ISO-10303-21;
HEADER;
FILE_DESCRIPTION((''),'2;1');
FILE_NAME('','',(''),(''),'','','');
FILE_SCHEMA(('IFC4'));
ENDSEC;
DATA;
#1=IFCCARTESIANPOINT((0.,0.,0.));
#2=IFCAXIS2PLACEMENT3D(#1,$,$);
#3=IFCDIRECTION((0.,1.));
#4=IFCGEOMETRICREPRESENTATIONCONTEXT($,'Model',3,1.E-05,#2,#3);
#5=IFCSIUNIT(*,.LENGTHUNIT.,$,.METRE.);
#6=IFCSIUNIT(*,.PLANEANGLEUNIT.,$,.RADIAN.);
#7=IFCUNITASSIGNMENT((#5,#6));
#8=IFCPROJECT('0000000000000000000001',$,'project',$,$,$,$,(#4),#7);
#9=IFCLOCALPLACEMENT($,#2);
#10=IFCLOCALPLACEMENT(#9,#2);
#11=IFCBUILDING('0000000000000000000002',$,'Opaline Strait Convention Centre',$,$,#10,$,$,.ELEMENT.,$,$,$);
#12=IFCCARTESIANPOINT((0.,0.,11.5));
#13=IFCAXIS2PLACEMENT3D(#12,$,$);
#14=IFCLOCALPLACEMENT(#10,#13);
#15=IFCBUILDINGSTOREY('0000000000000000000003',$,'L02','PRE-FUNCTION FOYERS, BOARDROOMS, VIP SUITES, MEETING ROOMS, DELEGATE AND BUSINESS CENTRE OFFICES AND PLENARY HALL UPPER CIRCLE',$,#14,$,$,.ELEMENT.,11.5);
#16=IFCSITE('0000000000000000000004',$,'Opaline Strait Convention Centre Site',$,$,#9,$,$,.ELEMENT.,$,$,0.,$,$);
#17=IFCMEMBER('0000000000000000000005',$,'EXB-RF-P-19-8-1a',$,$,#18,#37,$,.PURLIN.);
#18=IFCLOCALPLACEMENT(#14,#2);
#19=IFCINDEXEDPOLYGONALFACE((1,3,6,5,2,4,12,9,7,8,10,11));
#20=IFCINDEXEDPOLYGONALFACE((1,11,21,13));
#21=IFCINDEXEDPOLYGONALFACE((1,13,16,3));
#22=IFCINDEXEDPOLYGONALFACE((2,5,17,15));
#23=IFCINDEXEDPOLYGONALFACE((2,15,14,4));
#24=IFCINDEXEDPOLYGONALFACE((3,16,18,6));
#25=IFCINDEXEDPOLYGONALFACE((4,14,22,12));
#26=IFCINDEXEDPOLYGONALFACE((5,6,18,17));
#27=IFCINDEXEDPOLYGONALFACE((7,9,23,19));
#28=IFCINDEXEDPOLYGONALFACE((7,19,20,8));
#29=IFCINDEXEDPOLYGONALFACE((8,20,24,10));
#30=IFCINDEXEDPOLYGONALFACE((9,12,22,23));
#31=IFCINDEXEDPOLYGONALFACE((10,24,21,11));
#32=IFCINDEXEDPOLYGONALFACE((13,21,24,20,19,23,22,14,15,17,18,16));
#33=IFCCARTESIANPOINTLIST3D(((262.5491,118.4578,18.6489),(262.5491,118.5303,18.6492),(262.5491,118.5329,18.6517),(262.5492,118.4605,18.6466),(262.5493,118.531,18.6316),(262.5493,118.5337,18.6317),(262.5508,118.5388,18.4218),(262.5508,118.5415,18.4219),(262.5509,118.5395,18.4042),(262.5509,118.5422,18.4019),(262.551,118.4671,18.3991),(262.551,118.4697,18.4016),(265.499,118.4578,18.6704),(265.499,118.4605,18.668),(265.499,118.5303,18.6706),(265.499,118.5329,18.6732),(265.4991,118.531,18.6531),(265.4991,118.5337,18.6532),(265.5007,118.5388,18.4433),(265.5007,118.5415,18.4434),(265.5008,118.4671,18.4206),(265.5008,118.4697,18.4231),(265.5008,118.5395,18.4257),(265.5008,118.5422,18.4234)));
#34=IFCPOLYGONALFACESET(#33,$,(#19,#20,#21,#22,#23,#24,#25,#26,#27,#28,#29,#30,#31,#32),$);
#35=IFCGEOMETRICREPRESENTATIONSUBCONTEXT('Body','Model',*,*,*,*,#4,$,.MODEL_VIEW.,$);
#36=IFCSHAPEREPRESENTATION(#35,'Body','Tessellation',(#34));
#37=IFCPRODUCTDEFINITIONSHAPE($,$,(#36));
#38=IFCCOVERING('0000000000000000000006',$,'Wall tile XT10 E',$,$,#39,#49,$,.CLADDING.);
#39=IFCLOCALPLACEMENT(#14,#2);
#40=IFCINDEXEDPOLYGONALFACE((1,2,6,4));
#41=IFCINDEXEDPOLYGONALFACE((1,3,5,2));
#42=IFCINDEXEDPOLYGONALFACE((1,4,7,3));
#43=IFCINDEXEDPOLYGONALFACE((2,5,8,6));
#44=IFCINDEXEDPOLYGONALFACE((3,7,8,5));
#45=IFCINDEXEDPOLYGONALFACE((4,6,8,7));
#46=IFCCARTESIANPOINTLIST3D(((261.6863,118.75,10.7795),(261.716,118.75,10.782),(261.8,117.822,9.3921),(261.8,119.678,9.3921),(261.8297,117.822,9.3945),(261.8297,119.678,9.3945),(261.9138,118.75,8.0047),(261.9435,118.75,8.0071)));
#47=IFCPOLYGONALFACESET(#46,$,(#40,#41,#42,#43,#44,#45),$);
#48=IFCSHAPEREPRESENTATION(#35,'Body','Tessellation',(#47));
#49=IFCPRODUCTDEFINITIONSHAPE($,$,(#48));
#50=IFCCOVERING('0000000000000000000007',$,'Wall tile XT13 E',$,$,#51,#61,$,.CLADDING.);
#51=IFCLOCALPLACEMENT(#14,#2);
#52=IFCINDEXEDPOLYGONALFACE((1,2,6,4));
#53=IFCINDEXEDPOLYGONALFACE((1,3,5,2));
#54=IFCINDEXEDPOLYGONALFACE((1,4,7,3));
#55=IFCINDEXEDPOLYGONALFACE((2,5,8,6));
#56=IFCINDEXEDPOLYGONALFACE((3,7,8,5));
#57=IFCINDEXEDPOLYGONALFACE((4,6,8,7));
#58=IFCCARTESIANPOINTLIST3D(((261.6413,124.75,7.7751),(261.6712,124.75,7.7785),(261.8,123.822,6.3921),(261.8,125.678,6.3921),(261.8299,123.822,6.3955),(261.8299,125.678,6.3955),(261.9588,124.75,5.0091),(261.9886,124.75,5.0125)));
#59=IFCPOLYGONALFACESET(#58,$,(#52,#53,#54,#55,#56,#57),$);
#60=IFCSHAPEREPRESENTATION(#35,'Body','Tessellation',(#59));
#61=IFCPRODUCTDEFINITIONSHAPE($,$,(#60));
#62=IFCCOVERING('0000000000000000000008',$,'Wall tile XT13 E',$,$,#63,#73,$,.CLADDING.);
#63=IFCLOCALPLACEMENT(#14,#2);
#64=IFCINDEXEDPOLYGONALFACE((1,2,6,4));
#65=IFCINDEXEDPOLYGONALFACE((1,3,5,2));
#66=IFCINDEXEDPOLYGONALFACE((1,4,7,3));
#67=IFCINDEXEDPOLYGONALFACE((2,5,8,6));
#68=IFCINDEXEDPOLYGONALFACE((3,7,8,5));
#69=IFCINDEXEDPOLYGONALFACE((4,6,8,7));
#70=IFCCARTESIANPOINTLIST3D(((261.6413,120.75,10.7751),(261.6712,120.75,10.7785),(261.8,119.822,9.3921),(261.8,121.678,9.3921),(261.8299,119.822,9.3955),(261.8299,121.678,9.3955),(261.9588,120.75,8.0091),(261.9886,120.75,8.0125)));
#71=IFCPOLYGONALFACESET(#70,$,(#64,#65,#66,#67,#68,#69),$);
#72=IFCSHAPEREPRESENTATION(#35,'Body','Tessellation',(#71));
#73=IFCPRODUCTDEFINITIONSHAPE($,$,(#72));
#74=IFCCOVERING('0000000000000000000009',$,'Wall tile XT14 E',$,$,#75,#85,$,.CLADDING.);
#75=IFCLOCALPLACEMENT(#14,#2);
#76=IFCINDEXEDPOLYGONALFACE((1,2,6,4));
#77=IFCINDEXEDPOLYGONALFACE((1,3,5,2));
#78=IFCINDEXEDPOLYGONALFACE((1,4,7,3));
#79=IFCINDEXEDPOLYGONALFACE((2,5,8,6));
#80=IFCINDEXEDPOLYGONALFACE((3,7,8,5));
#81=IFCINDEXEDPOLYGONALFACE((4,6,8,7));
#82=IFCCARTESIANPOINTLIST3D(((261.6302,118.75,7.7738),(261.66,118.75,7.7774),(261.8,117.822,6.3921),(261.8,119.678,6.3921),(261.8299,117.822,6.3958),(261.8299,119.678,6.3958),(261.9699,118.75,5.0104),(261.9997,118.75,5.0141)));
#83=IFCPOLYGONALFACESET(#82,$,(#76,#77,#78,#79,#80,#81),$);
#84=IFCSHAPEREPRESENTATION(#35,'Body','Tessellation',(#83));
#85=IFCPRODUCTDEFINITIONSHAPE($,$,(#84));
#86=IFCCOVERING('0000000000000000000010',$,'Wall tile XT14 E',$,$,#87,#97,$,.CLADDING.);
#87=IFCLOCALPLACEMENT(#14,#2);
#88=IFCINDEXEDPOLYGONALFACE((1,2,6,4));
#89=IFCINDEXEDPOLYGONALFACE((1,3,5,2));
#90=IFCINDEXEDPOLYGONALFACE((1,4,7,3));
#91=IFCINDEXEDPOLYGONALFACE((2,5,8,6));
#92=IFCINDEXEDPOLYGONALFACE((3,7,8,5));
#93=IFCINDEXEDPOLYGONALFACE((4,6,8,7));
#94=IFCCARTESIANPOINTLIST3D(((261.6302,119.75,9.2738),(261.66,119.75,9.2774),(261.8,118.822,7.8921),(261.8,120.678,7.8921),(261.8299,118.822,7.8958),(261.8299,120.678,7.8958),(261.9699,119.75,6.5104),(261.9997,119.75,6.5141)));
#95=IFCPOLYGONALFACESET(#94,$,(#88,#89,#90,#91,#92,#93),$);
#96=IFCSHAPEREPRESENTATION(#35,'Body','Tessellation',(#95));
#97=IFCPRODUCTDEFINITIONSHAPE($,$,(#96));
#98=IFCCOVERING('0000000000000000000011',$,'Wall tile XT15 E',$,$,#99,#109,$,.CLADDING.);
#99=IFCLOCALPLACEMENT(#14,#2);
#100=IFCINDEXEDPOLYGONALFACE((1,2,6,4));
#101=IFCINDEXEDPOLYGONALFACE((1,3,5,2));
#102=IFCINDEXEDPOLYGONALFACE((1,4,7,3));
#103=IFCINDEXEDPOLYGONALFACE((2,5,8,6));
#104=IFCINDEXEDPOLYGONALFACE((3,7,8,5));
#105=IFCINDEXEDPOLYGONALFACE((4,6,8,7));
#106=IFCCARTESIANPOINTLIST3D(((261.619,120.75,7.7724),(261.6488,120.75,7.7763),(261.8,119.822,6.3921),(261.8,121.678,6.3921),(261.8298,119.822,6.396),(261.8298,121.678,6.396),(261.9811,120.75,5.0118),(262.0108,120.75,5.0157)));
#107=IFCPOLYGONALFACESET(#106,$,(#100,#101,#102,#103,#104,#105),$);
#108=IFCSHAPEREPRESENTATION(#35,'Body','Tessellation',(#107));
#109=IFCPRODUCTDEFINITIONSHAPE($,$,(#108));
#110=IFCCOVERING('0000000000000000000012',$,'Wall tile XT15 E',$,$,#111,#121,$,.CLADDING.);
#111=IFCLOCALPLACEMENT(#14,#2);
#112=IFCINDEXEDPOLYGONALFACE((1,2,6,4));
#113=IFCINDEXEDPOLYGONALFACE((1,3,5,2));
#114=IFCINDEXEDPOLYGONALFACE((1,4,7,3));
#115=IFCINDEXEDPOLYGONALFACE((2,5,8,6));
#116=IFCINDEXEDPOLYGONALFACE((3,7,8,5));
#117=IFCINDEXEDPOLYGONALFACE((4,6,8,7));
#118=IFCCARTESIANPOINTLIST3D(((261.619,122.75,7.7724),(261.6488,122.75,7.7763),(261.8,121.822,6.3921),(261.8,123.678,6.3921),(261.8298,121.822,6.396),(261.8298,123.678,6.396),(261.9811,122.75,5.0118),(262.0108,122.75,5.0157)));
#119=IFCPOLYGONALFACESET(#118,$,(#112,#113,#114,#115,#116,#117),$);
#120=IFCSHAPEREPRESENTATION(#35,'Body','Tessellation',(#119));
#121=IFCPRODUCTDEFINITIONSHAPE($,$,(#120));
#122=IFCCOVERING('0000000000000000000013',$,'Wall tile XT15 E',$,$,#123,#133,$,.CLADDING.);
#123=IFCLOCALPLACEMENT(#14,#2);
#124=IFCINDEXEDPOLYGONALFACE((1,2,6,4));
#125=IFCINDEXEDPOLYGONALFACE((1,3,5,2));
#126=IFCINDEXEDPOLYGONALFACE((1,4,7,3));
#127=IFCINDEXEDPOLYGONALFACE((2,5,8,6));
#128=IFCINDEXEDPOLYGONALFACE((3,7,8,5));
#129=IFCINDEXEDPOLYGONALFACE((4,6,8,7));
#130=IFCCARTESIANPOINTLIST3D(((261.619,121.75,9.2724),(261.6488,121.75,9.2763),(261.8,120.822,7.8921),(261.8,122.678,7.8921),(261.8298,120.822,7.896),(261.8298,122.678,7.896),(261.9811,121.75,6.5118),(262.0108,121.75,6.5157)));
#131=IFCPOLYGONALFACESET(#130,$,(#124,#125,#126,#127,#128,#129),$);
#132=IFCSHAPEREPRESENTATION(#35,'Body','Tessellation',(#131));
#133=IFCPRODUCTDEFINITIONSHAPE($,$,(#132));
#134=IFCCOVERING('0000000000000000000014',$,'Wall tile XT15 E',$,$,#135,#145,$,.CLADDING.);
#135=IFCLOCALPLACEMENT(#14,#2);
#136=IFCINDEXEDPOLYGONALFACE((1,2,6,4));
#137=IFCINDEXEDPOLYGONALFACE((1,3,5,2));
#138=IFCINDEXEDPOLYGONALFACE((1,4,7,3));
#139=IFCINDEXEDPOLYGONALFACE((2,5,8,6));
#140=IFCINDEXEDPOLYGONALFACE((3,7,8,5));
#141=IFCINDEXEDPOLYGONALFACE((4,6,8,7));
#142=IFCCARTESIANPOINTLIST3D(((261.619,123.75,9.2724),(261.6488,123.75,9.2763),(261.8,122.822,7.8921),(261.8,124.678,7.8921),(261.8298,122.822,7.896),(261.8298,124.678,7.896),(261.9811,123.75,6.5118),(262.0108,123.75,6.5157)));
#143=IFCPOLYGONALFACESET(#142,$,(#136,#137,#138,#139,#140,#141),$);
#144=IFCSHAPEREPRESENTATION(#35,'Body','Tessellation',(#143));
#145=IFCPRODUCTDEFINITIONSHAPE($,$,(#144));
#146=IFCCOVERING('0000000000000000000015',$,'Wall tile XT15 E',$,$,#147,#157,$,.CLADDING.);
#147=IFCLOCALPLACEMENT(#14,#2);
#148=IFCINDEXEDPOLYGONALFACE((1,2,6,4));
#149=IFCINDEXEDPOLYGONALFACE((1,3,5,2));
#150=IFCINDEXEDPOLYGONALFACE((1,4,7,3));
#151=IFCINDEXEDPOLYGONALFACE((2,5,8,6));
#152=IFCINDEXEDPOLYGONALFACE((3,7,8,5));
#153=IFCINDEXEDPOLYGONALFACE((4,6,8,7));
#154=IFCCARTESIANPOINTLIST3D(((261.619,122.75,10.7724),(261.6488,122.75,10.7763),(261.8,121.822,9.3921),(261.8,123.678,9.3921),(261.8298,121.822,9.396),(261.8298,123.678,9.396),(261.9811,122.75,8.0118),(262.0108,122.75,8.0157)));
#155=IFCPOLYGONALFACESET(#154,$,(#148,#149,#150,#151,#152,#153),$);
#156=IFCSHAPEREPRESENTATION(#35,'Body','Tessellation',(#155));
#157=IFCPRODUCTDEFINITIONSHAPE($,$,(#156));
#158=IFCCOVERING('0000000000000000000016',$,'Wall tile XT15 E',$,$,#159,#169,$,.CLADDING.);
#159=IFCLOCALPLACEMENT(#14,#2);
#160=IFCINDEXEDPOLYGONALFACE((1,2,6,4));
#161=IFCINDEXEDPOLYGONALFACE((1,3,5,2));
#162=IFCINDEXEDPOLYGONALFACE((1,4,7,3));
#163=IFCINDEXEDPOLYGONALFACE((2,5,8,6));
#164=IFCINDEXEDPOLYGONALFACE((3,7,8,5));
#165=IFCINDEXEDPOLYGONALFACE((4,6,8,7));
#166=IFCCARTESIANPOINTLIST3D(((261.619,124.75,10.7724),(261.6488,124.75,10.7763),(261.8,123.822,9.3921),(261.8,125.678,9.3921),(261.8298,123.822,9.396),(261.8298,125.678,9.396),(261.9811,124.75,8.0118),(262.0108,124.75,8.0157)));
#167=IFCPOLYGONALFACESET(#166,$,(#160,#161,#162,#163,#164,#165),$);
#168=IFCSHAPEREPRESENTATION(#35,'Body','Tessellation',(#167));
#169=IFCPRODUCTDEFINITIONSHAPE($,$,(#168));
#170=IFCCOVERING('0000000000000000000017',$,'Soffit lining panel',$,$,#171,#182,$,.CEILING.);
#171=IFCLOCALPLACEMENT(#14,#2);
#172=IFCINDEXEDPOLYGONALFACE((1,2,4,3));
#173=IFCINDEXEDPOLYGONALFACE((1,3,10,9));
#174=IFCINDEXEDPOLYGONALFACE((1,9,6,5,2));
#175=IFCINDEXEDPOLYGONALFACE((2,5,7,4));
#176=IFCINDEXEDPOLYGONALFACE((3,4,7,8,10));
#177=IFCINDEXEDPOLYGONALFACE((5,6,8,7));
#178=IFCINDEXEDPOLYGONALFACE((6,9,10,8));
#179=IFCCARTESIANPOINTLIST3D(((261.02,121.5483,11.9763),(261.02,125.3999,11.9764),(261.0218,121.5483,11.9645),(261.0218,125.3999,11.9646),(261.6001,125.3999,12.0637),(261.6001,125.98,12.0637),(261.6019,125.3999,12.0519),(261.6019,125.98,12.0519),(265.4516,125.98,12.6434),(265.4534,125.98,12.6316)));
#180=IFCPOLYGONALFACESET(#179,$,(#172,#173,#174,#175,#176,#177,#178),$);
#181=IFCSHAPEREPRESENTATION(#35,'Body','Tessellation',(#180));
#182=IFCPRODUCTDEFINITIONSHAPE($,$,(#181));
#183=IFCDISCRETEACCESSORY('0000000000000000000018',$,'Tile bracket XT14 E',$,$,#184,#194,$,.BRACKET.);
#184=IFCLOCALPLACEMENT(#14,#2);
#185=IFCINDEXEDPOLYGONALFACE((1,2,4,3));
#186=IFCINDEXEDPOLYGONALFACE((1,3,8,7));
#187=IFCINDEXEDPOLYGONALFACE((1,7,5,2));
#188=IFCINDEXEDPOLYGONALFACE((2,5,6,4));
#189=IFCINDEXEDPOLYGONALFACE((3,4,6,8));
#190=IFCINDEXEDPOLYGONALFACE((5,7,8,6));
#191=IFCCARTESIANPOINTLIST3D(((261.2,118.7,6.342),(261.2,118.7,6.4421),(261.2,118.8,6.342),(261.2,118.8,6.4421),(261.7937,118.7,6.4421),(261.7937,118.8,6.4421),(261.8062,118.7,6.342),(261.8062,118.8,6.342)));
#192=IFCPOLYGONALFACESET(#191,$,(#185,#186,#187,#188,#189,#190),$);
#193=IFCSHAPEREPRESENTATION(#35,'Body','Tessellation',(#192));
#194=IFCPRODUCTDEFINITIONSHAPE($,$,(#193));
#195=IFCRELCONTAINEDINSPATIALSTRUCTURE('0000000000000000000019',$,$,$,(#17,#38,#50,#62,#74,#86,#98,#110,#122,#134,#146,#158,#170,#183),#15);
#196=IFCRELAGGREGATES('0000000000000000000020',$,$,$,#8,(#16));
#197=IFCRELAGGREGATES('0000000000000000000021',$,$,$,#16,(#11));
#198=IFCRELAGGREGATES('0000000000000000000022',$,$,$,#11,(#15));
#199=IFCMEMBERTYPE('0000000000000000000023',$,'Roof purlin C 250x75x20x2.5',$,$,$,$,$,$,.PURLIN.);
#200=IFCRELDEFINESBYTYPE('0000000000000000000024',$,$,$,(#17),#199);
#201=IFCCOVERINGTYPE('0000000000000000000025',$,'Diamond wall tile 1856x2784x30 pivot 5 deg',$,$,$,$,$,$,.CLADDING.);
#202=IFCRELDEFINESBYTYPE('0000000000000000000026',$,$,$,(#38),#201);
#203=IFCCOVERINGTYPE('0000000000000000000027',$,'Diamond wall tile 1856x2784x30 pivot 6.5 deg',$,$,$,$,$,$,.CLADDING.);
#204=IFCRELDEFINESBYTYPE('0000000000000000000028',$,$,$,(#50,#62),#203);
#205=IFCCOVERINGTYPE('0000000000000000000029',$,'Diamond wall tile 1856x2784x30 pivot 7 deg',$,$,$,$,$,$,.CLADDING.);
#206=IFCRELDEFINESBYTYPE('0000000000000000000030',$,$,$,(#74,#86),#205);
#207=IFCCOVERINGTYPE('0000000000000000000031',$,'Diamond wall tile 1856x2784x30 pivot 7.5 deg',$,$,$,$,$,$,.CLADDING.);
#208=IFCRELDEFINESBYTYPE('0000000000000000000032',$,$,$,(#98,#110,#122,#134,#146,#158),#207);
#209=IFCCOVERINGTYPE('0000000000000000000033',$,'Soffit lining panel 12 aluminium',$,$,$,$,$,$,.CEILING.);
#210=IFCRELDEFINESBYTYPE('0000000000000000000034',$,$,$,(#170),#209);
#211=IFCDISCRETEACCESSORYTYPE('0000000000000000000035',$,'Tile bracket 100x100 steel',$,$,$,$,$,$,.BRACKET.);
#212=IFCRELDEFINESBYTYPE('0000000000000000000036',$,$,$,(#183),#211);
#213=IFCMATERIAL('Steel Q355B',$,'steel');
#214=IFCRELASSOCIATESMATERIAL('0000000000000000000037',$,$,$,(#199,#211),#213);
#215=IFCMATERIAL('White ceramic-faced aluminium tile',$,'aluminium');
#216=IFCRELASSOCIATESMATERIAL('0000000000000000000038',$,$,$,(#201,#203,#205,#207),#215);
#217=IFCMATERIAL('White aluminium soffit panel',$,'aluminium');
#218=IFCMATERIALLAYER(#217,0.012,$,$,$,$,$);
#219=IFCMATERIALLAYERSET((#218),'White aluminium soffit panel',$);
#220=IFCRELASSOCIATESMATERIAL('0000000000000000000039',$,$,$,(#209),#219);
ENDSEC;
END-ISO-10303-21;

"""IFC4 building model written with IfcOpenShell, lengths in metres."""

from ifc_helpers import new_model, si_unit, direction, frame, origin, place, context, subcontext, project, spatial, polyline, outline, extrude, material, layer, layer_set, material_profile, profile_set, type_object, element, save


model = new_model("IFC4")

# Units and contexts
model_context = context("Model", 3, precision=1e-05, world=origin(), true_north=direction((0.0, 1.0)))
body_context = subcontext(model_context, "Body", "Model", "MODEL_VIEW")
ifc_project = project(units=[si_unit("LENGTHUNIT", "METRE"), si_unit("PLANEANGLEUNIT", "RADIAN")], contexts=[model_context])

# Site, building, storey
site_placement = place(None, origin())
site = spatial("IfcSite", under=ifc_project, at=site_placement, Name="Opaline Strait Convention Centre Site", CompositionType="ELEMENT", RefElevation=0.0)
building_placement = place(site_placement, origin())
building = spatial("IfcBuilding", under=site, at=building_placement, Name="Opaline Strait Convention Centre", CompositionType="ELEMENT")
storey_placement = place(building_placement, frame((0.0, 0.0, 11.5)))
storey = spatial("IfcBuildingStorey", under=building, at=storey_placement, Name="L02", Description="PRE-FUNCTION FOYERS, BOARDROOMS, VIP SUITES, MEETING ROOMS, DELEGATE AND BUSINESS CENTRE OFFICES AND PLENARY HALL UPPER CIRCLE", CompositionType="ELEMENT", Elevation=11.5)

# Member
ifc_material_1 = material(Name="Steel Q355B", Category="steel")
ifc_material_profile_1 = material_profile(ifc_material_1, outline(polyline([(-0.0376, -0.125), (0.0376, -0.125), (0.0376, -0.105), (0.0349, -0.105), (0.0349, -0.1226), (-0.0349, -0.1226), (-0.0349, 0.1226), (0.0349, 0.1226), (0.0349, 0.105), (0.0376, 0.105), (0.0376, 0.125), (-0.0376, 0.125), (-0.0376, -0.125)])), Name="C 250x75x20x2.5")
ifc_profile_set_1 = profile_set([ifc_material_profile_1], Name="Steel Q355B")
member_type = type_object("IfcMemberType", Name="Roof purlin C 250x75x20x2.5", PredefinedType="PURLIN", material=ifc_profile_set_1)
member_placement = place(storey_placement, frame((262.55, 118.5, 18.5254), z_axis=(0.999973, 0.0, 0.007283), x_axis=(-0.000272, 0.999302, 0.037351)))
element("IfcMember", 1, at=member_placement, inside=storey, type_object=member_type, Name="EXB-RF-P-19-8-1a", PredefinedType="PURLIN", context=body_context, shape_type="SweptSolid", body=[
    extrude(outline(polyline([(-0.0376, -0.125), (0.0376, -0.125), (0.0376, -0.105), (0.0349, -0.105), (0.0349, -0.1226), (-0.0349, -0.1226), (-0.0349, 0.1226), (0.0349, 0.1226), (0.0349, 0.105), (0.0376, 0.105), (0.0376, 0.125), (-0.0376, 0.125), (-0.0376, -0.125)])), origin(), (0.0, 0.0, 1.0), 2.95),
])

# Coverings
ifc_material_2 = material(Name="White ceramic-faced aluminium tile", Category="aluminium")
ifc_material_profile_2 = material_profile(ifc_material_2, outline(polyline([(0.928, 0.0), (0.0, 1.3921), (-0.928, 0.0), (0.0, -1.3921), (0.928, 0.0)])), Name="Diamond tile 1856x2784")
ifc_profile_set_2 = profile_set([ifc_material_profile_2], Name="White ceramic-faced aluminium tile")
covering_type_1 = type_object("IfcCoveringType", Name="Diamond wall tile 1856x2784x30 pivot 5 deg", PredefinedType="CLADDING", material=ifc_profile_set_2)
covering_1_placement = place(storey_placement, frame((261.8, 118.75, 9.3921), z_axis=(0.996658, 0.0, 0.081693), x_axis=(0.0, 1.0, 0.0)))
element("IfcCovering", 2, at=covering_1_placement, inside=storey, type_object=covering_type_1, Name="Wall tile XT10 E", PredefinedType="CLADDING", context=body_context, shape_type="SweptSolid", body=[
    extrude(outline(polyline([(0.928, 0.0), (0.0, 1.3921), (-0.928, 0.0), (0.0, -1.3921), (0.928, 0.0)])), origin(), (0.0, 0.0, 1.0), 0.0298),
])
ifc_material_profile_3 = material_profile(ifc_material_2, outline(polyline([(0.928, 0.0), (0.0, 1.3921), (-0.928, 0.0), (0.0, -1.3921), (0.928, 0.0)])), Name="Diamond tile 1856x2784")
ifc_profile_set_3 = profile_set([ifc_material_profile_3], Name="White ceramic-faced aluminium tile")
covering_type_2 = type_object("IfcCoveringType", Name="Diamond wall tile 1856x2784x30 pivot 6.5 deg", PredefinedType="CLADDING", material=ifc_profile_set_3)
for number, where, z_axis, x_axis, name in (
    (3, (261.8, 124.75, 6.3921), (0.99348, 0.0, 0.114006), (0.0, 1.0, 0.0), "Wall tile XT13 E"),
    (4, (261.8, 120.75, 9.3921), (0.99348, 0.0, 0.114006), (0.0, 1.0, 0.0), "Wall tile XT13 E"),
):
    element("IfcCovering", number, at=place(storey_placement, frame(where, z_axis=z_axis, x_axis=x_axis)), inside=storey, type_object=covering_type_2, Name=name, PredefinedType="CLADDING", context=body_context, shape_type="SweptSolid", body=[
        extrude(outline(polyline([(0.928, 0.0), (0.0, 1.3921), (-0.928, 0.0), (0.0, -1.3921), (0.928, 0.0)])), origin(), (0.0, 0.0, 1.0), 0.03),
    ])
ifc_material_profile_4 = material_profile(ifc_material_2, outline(polyline([(0.928, 0.0), (0.0, 1.3921), (-0.928, 0.0), (0.0, -1.3921), (0.928, 0.0)])), Name="Diamond tile 1856x2784")
ifc_profile_set_4 = profile_set([ifc_material_profile_4], Name="White ceramic-faced aluminium tile")
covering_type_3 = type_object("IfcCoveringType", Name="Diamond wall tile 1856x2784x30 pivot 7 deg", PredefinedType="CLADDING", material=ifc_profile_set_4)
for number, where, z_axis, x_axis, name in (
    (5, (261.8, 118.75, 6.3921), (0.992526, 0.0, 0.122032), (0.0, 1.0, 0.0), "Wall tile XT14 E"),
    (6, (261.8, 119.75, 7.8921), (0.992526, 0.0, 0.122032), (0.0, 1.0, 0.0), "Wall tile XT14 E"),
):
    element("IfcCovering", number, at=place(storey_placement, frame(where, z_axis=z_axis, x_axis=x_axis)), inside=storey, type_object=covering_type_3, Name=name, PredefinedType="CLADDING", context=body_context, shape_type="SweptSolid", body=[
        extrude(outline(polyline([(0.928, 0.0), (0.0, 1.3921), (-0.928, 0.0), (0.0, -1.3921), (0.928, 0.0)])), origin(), (0.0, 0.0, 1.0), 0.03),
    ])
ifc_material_profile_5 = material_profile(ifc_material_2, outline(polyline([(0.928, 0.0), (0.0, 1.3921), (-0.928, 0.0), (0.0, -1.3921), (0.928, 0.0)])), Name="Diamond tile 1856x2784")
ifc_profile_set_5 = profile_set([ifc_material_profile_5], Name="White ceramic-faced aluminium tile")
covering_type_4 = type_object("IfcCoveringType", Name="Diamond wall tile 1856x2784x30 pivot 7.5 deg", PredefinedType="CLADDING", material=ifc_profile_set_5)
for number, where, z_axis, x_axis, name in (
    (7, (261.8, 120.75, 6.3921), (0.99151, 0.0, 0.130034), (0.0, 1.0, 0.0), "Wall tile XT15 E"),
    (8, (261.8, 122.75, 6.3921), (0.99151, 0.0, 0.130034), (0.0, 1.0, 0.0), "Wall tile XT15 E"),
    (9, (261.8, 121.75, 7.8921), (0.99151, 0.0, 0.130034), (0.0, 1.0, 0.0), "Wall tile XT15 E"),
    (10, (261.8, 123.75, 7.8921), (0.99151, 0.0, 0.130034), (0.0, 1.0, 0.0), "Wall tile XT15 E"),
    (11, (261.8, 122.75, 9.3921), (0.99151, 0.0, 0.130034), (0.0, 1.0, 0.0), "Wall tile XT15 E"),
    (12, (261.8, 124.75, 9.3921), (0.99151, 0.0, 0.130034), (0.0, 1.0, 0.0), "Wall tile XT15 E"),
):
    element("IfcCovering", number, at=place(storey_placement, frame(where, z_axis=z_axis, x_axis=x_axis)), inside=storey, type_object=covering_type_4, Name=name, PredefinedType="CLADDING", context=body_context, shape_type="SweptSolid", body=[
        extrude(outline(polyline([(0.928, 0.0), (0.0, 1.3921), (-0.928, 0.0), (0.0, -1.3921), (0.928, 0.0)])), origin(), (0.0, 0.0, 1.0), 0.03),
    ])
ifc_material_3 = material(Name="White aluminium soffit panel", Category="aluminium")
ifc_layer = layer(ifc_material_3, 0.012)
ifc_layer_set = layer_set([ifc_layer], Name="White aluminium soffit panel")
covering_type_5 = type_object("IfcCoveringType", Name="Soffit lining panel 12 aluminium", PredefinedType="CEILING", material=ifc_layer_set)
covering_2_placement = place(storey_placement, frame((261.6001, 125.98, 12.0637), z_axis=(-0.148825, -0.000022, 0.988864), x_axis=(0.988864, 0.0, 0.148825)))
element("IfcCovering", 13, at=covering_2_placement, inside=storey, type_object=covering_type_5, Name="Soffit lining panel", PredefinedType="CEILING", context=body_context, shape_type="SweptSolid", body=[
    extrude(outline(polyline([(0.0, 0.0), (3.8949, 0.0), (-0.5866, -4.4316), (-0.5866, -0.5801), (0.0, -0.5801), (0.0, 0.0)])), origin(), (0.0, 0.0, -1.0), 0.012),
])

# Discrete accessory
discrete_accessory_type = type_object("IfcDiscreteAccessoryType", Name="Tile bracket 100x100 steel", PredefinedType="BRACKET", material=ifc_material_1)
discrete_accessory_1_placement = place(storey_placement, frame((261.2, 118.7, 6.3921), z_axis=(0.0, 1.0, 0.0), x_axis=(-1.0, 0.0, 0.0)))
element("IfcDiscreteAccessory", 14, at=discrete_accessory_1_placement, inside=storey, type_object=discrete_accessory_type, Name="Tile bracket XT14 E", PredefinedType="BRACKET", context=body_context, shape_type="SweptSolid", body=[
    extrude(outline(polyline([(0.0, -0.05), (0.0, 0.05), (-0.5938, 0.05), (-0.6062, -0.05), (0.0, -0.05)])), origin(), (0.0, 0.0, 1.0), 0.1001),
])

save(model, "model.ifc")
